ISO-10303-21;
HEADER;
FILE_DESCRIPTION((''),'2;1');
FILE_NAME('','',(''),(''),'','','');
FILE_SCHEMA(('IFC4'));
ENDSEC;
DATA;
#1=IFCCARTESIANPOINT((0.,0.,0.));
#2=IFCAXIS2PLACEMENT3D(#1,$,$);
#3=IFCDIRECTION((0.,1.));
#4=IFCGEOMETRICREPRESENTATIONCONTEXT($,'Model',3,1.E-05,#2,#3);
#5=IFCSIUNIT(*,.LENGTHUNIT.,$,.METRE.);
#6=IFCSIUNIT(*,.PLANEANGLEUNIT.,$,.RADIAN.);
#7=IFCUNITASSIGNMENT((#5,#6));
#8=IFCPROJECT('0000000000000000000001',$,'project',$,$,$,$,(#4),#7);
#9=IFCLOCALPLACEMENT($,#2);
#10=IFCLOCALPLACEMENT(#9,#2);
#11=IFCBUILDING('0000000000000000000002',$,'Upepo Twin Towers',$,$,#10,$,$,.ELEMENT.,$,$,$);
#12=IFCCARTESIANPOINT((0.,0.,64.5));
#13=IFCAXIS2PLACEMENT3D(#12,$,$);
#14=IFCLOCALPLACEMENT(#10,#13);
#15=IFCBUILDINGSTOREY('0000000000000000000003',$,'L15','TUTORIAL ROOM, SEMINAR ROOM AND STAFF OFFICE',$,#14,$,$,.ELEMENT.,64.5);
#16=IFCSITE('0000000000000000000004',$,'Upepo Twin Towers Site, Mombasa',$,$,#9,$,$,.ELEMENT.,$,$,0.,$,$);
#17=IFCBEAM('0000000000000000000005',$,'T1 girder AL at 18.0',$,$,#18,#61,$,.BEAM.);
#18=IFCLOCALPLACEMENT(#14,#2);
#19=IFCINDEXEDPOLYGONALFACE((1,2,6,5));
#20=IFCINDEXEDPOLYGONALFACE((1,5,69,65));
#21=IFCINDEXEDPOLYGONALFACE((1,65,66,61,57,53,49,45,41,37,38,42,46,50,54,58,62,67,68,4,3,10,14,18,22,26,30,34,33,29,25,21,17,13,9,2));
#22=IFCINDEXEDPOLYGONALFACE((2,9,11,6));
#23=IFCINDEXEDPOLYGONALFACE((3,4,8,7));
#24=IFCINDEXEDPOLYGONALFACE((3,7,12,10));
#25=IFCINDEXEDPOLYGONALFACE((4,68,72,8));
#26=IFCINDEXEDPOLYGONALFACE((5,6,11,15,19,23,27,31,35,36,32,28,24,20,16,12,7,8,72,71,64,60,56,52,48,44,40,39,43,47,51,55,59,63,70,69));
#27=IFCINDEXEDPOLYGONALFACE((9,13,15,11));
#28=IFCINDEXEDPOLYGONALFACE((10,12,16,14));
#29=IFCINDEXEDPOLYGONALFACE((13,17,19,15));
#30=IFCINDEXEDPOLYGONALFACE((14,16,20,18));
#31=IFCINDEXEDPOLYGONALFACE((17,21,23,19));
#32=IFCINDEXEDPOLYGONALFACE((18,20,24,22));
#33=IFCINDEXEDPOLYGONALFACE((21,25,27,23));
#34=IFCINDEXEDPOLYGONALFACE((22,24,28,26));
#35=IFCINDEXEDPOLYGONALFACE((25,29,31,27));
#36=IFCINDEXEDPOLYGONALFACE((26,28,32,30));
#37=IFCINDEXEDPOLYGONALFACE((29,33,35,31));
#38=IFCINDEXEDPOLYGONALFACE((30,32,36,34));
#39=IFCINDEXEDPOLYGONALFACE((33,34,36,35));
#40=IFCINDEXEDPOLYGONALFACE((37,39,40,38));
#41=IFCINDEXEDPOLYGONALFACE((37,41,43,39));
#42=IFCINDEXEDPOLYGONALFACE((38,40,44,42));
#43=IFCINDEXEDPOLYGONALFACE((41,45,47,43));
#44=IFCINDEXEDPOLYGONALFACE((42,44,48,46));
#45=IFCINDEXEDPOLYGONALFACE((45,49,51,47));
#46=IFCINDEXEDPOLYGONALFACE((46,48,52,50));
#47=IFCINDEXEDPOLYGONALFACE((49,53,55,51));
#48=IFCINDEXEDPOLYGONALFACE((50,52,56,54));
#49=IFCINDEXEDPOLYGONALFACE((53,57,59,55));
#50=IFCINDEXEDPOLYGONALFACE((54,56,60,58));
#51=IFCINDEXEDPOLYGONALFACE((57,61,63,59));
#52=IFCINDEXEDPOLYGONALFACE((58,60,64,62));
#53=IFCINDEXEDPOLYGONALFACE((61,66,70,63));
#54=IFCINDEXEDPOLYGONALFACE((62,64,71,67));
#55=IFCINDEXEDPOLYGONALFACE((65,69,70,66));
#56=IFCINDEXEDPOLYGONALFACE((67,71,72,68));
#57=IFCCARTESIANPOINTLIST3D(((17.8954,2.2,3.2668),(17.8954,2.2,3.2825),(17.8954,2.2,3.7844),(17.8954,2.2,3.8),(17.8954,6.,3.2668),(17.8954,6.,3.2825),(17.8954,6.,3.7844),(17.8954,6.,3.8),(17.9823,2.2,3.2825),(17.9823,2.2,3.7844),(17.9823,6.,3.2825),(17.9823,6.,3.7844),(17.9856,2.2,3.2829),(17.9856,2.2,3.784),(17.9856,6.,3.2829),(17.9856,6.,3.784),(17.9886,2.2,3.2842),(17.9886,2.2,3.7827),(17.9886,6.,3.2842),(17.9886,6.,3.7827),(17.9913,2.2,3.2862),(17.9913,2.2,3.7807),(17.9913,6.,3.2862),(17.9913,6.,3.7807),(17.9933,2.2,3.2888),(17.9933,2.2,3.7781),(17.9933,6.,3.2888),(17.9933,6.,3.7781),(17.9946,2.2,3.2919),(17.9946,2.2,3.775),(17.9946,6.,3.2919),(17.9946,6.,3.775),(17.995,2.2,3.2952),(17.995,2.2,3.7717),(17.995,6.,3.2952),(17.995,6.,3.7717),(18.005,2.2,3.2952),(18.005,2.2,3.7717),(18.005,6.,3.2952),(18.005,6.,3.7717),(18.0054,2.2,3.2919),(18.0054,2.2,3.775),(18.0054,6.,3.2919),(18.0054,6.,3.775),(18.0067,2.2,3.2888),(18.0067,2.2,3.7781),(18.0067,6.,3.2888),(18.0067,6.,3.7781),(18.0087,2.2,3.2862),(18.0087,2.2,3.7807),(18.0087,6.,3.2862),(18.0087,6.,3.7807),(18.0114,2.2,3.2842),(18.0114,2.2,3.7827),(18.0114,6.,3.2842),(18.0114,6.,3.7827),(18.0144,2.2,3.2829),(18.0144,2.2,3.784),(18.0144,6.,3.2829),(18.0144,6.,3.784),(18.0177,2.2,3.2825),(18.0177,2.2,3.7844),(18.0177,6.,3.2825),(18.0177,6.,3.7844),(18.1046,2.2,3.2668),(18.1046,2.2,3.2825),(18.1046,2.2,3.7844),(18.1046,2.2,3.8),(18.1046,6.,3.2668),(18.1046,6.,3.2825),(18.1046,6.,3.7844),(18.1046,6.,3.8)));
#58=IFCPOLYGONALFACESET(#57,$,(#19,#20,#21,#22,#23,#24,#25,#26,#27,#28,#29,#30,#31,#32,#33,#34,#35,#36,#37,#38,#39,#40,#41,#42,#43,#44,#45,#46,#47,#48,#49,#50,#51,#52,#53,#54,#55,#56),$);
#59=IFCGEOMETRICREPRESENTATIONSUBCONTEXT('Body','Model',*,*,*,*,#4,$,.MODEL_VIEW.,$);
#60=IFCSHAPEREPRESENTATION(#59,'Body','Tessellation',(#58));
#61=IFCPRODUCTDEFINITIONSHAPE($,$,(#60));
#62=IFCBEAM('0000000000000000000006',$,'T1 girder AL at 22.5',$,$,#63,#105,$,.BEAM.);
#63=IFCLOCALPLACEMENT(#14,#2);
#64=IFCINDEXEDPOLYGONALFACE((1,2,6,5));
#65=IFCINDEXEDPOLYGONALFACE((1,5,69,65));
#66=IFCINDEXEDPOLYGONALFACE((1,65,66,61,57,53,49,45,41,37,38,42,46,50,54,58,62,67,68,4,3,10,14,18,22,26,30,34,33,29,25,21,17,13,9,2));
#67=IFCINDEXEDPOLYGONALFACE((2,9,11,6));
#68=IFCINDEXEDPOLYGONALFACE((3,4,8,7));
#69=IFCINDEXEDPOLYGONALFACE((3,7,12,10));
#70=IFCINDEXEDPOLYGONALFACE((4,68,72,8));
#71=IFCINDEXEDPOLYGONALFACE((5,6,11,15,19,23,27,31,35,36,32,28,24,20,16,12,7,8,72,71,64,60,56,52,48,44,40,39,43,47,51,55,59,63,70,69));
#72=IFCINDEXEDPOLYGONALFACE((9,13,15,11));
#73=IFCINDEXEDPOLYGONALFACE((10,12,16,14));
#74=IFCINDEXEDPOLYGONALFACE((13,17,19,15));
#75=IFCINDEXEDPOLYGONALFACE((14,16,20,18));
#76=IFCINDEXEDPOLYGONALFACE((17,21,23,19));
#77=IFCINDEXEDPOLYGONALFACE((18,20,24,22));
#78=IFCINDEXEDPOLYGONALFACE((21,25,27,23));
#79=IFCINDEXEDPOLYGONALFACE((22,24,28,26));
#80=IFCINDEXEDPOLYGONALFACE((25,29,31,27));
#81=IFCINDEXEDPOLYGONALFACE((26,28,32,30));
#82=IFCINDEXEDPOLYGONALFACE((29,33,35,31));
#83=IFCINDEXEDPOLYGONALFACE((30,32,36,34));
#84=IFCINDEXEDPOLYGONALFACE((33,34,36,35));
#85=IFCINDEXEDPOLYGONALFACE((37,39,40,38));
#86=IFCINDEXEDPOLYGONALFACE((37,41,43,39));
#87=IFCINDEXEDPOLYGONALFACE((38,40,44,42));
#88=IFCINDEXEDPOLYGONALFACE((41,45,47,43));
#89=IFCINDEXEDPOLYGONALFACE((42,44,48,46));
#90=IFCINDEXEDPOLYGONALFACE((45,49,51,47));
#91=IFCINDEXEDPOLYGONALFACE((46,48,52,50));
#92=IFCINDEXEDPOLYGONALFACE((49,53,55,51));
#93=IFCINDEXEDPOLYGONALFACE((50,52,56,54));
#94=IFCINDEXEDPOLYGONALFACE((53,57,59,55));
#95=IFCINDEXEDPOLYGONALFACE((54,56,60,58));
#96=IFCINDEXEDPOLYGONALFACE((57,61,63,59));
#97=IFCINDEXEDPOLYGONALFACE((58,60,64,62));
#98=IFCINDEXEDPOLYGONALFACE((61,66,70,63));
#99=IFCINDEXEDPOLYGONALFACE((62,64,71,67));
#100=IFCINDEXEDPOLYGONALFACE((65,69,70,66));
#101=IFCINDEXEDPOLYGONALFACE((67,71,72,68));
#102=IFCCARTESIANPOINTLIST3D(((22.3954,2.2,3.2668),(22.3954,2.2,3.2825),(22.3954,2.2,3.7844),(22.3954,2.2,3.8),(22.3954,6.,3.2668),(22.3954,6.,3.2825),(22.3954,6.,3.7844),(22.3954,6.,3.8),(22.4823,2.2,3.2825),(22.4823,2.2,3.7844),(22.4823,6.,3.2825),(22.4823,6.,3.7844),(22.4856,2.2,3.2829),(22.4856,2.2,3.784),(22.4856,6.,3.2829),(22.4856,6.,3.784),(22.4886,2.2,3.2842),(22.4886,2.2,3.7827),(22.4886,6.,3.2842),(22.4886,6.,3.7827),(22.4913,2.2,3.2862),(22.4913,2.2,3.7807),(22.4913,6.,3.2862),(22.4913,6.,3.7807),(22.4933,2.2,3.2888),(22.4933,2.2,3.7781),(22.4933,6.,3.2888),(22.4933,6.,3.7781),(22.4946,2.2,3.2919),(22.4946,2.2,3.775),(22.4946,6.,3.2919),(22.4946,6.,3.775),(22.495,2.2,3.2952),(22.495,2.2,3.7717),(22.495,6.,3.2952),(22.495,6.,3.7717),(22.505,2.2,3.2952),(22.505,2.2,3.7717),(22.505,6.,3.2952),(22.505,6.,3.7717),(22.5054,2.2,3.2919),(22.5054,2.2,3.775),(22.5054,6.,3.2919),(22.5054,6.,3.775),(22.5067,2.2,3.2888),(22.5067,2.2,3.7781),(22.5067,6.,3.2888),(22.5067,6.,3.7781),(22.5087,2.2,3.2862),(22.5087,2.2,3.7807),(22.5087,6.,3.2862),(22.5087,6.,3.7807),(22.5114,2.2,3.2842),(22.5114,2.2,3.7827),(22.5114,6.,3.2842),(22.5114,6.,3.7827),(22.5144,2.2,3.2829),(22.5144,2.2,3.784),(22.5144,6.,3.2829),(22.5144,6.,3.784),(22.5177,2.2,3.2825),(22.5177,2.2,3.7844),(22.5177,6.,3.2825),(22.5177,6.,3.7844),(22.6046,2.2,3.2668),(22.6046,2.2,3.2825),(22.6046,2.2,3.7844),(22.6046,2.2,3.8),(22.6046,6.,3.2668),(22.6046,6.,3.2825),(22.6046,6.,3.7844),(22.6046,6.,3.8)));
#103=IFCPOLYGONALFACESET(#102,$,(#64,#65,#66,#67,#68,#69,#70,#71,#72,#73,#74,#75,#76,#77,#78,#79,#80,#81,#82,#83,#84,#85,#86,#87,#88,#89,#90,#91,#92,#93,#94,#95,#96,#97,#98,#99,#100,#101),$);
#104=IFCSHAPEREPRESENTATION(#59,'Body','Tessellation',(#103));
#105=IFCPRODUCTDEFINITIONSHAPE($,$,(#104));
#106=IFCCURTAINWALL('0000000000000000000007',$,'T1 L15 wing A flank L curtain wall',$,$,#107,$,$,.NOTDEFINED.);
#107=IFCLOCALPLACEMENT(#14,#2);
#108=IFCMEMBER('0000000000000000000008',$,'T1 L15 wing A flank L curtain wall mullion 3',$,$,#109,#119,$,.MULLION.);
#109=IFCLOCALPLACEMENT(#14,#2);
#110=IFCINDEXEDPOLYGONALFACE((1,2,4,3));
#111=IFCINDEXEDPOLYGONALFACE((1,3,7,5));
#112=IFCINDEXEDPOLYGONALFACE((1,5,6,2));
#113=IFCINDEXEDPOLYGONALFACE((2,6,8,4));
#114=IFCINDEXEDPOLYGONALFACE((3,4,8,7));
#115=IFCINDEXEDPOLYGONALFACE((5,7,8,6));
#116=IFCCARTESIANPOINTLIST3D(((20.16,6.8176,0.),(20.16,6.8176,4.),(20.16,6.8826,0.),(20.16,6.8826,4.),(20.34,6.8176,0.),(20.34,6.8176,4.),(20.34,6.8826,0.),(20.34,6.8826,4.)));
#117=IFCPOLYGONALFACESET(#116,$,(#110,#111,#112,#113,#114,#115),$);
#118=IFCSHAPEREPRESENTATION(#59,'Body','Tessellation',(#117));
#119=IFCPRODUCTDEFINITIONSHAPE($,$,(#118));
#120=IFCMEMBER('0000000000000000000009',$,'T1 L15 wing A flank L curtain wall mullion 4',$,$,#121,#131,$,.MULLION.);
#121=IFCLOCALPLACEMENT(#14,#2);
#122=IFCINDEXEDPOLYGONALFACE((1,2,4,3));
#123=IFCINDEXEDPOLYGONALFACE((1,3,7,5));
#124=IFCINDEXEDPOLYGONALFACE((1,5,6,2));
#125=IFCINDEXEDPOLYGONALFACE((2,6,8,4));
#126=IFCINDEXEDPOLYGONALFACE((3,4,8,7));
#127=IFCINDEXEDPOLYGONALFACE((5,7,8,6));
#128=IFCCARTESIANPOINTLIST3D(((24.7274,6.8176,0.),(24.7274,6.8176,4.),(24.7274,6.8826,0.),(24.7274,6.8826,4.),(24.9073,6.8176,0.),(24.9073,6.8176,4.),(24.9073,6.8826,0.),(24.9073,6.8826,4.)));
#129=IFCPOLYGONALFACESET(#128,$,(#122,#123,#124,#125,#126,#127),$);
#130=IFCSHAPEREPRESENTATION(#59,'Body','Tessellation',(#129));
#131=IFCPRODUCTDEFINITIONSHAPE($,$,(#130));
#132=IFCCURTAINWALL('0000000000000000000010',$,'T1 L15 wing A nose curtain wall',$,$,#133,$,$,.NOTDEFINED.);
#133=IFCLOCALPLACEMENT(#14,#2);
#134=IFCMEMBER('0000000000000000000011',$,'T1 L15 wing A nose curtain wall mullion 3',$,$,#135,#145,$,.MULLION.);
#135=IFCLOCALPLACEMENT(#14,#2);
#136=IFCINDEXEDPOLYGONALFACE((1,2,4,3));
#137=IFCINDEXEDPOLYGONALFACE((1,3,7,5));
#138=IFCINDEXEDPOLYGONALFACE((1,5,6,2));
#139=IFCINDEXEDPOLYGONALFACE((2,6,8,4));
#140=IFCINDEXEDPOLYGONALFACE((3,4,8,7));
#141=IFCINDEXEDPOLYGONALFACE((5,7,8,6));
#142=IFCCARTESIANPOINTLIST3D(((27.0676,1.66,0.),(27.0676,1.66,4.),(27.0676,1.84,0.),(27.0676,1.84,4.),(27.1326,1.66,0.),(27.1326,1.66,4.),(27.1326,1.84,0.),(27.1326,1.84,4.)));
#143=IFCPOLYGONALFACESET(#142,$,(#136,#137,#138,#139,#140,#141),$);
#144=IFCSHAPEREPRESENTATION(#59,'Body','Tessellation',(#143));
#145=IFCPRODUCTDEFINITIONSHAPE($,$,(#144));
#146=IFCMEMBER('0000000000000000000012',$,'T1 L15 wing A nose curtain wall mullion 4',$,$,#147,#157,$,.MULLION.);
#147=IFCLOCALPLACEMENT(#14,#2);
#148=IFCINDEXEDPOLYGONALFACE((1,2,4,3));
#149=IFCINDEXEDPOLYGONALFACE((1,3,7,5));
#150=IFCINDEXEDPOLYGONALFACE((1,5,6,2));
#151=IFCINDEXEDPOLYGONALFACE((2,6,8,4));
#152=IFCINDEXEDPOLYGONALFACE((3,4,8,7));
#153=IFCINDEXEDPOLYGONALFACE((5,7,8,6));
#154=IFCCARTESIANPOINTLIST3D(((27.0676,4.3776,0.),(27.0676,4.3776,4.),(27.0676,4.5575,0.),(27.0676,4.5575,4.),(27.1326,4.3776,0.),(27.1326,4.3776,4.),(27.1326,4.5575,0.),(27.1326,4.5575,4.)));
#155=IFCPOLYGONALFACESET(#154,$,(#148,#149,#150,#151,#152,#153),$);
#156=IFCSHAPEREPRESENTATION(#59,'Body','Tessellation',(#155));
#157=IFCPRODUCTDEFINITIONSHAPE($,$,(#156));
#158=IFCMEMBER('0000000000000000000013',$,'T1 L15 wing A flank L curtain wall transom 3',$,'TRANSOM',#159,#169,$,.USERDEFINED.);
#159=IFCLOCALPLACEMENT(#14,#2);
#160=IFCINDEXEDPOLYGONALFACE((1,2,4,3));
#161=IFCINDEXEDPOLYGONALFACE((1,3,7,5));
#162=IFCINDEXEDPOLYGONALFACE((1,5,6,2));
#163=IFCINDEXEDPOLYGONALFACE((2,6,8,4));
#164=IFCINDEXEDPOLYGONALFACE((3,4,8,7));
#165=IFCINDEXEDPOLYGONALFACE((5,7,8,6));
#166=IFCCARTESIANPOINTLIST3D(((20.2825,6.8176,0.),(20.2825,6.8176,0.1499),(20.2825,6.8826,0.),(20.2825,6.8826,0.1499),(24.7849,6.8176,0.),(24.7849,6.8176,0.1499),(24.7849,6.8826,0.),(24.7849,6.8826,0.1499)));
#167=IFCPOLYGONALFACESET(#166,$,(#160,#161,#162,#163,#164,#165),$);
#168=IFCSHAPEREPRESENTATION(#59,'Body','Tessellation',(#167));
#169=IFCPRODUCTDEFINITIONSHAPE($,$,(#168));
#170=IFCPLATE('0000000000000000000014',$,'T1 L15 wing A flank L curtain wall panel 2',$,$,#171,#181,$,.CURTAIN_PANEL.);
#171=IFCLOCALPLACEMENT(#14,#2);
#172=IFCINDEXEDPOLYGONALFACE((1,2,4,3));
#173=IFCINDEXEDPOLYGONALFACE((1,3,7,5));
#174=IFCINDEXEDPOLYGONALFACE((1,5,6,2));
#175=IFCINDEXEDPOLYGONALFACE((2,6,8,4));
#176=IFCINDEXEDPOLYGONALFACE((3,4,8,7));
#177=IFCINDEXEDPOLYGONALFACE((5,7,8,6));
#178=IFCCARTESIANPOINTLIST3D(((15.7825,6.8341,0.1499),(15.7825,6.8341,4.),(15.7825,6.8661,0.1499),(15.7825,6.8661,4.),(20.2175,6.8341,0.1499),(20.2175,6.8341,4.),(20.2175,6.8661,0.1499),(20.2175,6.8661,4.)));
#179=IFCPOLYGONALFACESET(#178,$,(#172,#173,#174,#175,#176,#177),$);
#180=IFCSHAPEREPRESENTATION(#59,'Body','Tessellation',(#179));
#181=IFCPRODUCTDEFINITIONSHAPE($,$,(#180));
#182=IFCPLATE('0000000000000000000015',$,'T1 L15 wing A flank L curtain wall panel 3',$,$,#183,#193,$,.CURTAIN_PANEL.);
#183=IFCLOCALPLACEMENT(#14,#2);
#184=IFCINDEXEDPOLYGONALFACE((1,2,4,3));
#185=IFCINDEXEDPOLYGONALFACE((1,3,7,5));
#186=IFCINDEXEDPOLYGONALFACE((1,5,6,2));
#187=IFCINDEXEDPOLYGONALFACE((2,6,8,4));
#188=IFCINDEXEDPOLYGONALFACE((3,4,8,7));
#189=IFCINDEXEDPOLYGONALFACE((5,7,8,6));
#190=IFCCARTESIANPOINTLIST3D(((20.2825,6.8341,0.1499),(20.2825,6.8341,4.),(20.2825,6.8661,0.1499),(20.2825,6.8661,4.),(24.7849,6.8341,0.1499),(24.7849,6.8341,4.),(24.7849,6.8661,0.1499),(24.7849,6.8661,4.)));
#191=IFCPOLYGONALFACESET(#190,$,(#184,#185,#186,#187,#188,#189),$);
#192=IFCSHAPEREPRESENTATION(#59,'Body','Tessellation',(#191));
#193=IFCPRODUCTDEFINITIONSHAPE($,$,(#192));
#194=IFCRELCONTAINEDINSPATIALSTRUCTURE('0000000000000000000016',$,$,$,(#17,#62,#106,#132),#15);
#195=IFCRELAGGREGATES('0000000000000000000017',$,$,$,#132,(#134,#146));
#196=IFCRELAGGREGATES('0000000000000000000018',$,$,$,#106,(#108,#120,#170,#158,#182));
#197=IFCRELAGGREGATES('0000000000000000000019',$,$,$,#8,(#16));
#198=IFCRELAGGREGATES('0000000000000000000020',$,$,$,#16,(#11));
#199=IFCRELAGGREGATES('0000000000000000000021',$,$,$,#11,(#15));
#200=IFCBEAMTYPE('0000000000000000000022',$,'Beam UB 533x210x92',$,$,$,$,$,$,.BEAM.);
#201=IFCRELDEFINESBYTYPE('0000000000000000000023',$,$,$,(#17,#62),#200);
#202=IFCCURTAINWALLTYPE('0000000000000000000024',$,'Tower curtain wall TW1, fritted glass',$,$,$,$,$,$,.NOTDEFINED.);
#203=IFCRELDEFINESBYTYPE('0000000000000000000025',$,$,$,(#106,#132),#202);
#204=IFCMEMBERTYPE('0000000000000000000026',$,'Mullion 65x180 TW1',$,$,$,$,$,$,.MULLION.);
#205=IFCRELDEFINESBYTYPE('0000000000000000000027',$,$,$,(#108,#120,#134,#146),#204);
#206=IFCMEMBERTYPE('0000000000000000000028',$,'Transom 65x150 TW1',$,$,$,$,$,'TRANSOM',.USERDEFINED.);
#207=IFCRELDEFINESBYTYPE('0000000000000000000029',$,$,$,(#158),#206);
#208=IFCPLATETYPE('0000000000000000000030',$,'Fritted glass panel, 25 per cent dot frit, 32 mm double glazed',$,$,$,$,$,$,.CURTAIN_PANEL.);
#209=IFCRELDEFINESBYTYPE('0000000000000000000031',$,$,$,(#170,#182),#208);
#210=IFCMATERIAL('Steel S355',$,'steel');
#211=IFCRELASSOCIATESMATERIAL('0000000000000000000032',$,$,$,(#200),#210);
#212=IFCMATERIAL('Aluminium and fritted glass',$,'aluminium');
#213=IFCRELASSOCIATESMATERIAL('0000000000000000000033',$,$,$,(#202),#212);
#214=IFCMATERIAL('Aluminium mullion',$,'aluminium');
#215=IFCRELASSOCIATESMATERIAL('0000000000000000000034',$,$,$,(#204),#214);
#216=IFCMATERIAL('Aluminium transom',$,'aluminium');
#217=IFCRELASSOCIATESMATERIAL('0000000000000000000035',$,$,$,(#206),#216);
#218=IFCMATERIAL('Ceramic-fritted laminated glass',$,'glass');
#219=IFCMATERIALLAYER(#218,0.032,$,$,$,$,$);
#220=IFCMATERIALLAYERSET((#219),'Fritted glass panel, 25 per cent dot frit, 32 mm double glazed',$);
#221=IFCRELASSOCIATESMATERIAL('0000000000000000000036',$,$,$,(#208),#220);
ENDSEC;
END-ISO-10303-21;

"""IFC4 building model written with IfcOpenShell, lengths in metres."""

from ifc_helpers import new_model, si_unit, direction, frame, origin, origin_2d, place, context, subcontext, project, spatial, rectangle, i_section, extrude, material, layer, layer_set, material_profile, profile_set, type_object, element, aggregate, save


model = new_model("IFC4")

# Units and contexts
model_context = context("Model", 3, precision=1e-05, world=origin(), true_north=direction((0.0, 1.0)))
body_context = subcontext(model_context, "Body", "Model", "MODEL_VIEW")
ifc_project = project(units=[si_unit("LENGTHUNIT", "METRE"), si_unit("PLANEANGLEUNIT", "RADIAN")], contexts=[model_context])

# Site, building, storey
site_placement = place(None, origin())
site = spatial("IfcSite", under=ifc_project, at=site_placement, Name="Upepo Twin Towers Site, Mombasa", CompositionType="ELEMENT", RefElevation=0.0)
building_placement = place(site_placement, origin())
building = spatial("IfcBuilding", under=site, at=building_placement, Name="Upepo Twin Towers", CompositionType="ELEMENT")
storey_placement = place(building_placement, frame((0.0, 0.0, 64.5)))
storey = spatial("IfcBuildingStorey", under=building, at=storey_placement, Name="L15", Description="TUTORIAL ROOM, SEMINAR ROOM AND STAFF OFFICE", CompositionType="ELEMENT", Elevation=64.5)

# Beams
ifc_material_1 = material(Name="Steel S355", Category="steel")
ifc_material_profile_1 = material_profile(ifc_material_1, i_section(OverallWidth=0.2092, OverallDepth=0.5332, WebThickness=0.01, FlangeThickness=0.0156, FilletRadius=0.0127, at=origin_2d()), Name="UB 533x210x92")
ifc_profile_set_1 = profile_set([ifc_material_profile_1], Name="Steel S355")
beam_type_1 = type_object("IfcBeamType", Name="Beam UB 533x210x92", PredefinedType="BEAM", material=ifc_profile_set_1)
for number, where, z_axis, x_axis, name in (
    (1, (18.0, 6.0, 3.5334), (0.0, -1.0, 0.0), (1.0, 0.0, 0.0), "T1 girder AL at 18.0"),
    (2, (22.5, 6.0, 3.5334), (0.0, -1.0, 0.0), (1.0, 0.0, 0.0), "T1 girder AL at 22.5"),
):
    element("IfcBeam", number, at=place(storey_placement, frame(where, z_axis=z_axis, x_axis=x_axis)), inside=storey, type_object=beam_type_1, Name=name, PredefinedType="BEAM", context=body_context, shape_type="SweptSolid", body=[
        extrude(i_section(OverallWidth=0.2092, OverallDepth=0.5332, WebThickness=0.01, FlangeThickness=0.0156, FilletRadius=0.0127, at=origin_2d()), origin(), (0.0, 0.0, 1.0), 3.8),
    ])

# Curtain walls, members
ifc_material_2 = material(Name="Aluminium and fritted glass", Category="aluminium")
curtain_wall_type = type_object("IfcCurtainWallType", Name="Tower curtain wall TW1, fritted glass", PredefinedType="NOTDEFINED", material=ifc_material_2)
curtain_wall_1_placement = place(storey_placement, origin())
curtain_wall_1 = element("IfcCurtainWall", 3, at=curtain_wall_1_placement, inside=storey, type_object=curtain_wall_type, Name="T1 L15 wing A flank L curtain wall", PredefinedType="NOTDEFINED")
ifc_material_3 = material(Name="Aluminium mullion", Category="aluminium")
ifc_material_profile_2 = material_profile(ifc_material_3, rectangle(XDim=0.0649, YDim=0.1799, at=origin_2d()), Name="MULLION 65x180")
ifc_profile_set_2 = profile_set([ifc_material_profile_2], Name="Aluminium mullion")
member_type_1 = type_object("IfcMemberType", Name="Mullion 65x180 TW1", PredefinedType="MULLION", material=ifc_profile_set_2)
member_1_placement = place(storey_placement, frame((20.25, 6.8501, 0.0), z_axis=(0.0, 0.0, 1.0), x_axis=(0.0, 1.0, 0.0)))
member_1 = element("IfcMember", 4, at=member_1_placement, type_object=member_type_1, Name="T1 L15 wing A flank L curtain wall mullion 3", PredefinedType="MULLION", context=body_context, shape_type="SweptSolid", body=[
    extrude(rectangle(XDim=0.0649, YDim=0.1799, at=origin_2d()), origin(), (0.0, 0.0, 1.0), 4.0),
])
member_2_placement = place(storey_placement, frame((24.8174, 6.8501, 0.0), z_axis=(0.0, 0.0, 1.0), x_axis=(0.0, 1.0, 0.0)))
member_2 = element("IfcMember", 5, at=member_2_placement, type_object=member_type_1, Name="T1 L15 wing A flank L curtain wall mullion 4", PredefinedType="MULLION", context=body_context, shape_type="SweptSolid", body=[
    extrude(rectangle(XDim=0.0649, YDim=0.1799, at=origin_2d()), origin(), (0.0, 0.0, 1.0), 4.0),
])
curtain_wall_2_placement = place(storey_placement, origin())
curtain_wall_2 = element("IfcCurtainWall", 6, at=curtain_wall_2_placement, inside=storey, type_object=curtain_wall_type, Name="T1 L15 wing A nose curtain wall", PredefinedType="NOTDEFINED")
member_3_placement = place(storey_placement, frame((27.1001, 1.75, 0.0), z_axis=(0.0, 0.0, 1.0), x_axis=(-1.0, 0.0, 0.0)))
member_3 = element("IfcMember", 7, at=member_3_placement, type_object=member_type_1, Name="T1 L15 wing A nose curtain wall mullion 3", PredefinedType="MULLION", context=body_context, shape_type="SweptSolid", body=[
    extrude(rectangle(XDim=0.0649, YDim=0.1799, at=origin_2d()), origin(), (0.0, 0.0, 1.0), 4.0),
])
member_4_placement = place(storey_placement, frame((27.1001, 4.4675, 0.0), z_axis=(0.0, 0.0, 1.0), x_axis=(-1.0, 0.0, 0.0)))
member_4 = element("IfcMember", 8, at=member_4_placement, type_object=member_type_1, Name="T1 L15 wing A nose curtain wall mullion 4", PredefinedType="MULLION", context=body_context, shape_type="SweptSolid", body=[
    extrude(rectangle(XDim=0.0649, YDim=0.1799, at=origin_2d()), origin(), (0.0, 0.0, 1.0), 4.0),
])
aggregate(curtain_wall_2, [member_3, member_4])

# Member
ifc_material_4 = material(Name="Aluminium transom", Category="aluminium")
ifc_material_profile_3 = material_profile(ifc_material_4, rectangle(XDim=0.0649, YDim=0.1499, at=origin_2d()), Name="TRANSOM 65x150")
ifc_profile_set_3 = profile_set([ifc_material_profile_3], Name="Aluminium transom")
member_type_2 = type_object("IfcMemberType", Name="Transom 65x150 TW1", ElementType="TRANSOM", PredefinedType="USERDEFINED", material=ifc_profile_set_3)
member_5_placement = place(storey_placement, frame((20.2825, 6.8501, 0.075), z_axis=(1.0, 0.0, 0.0), x_axis=(0.0, 1.0, 0.0)))
member_5 = element("IfcMember", 9, at=member_5_placement, type_object=member_type_2, Name="T1 L15 wing A flank L curtain wall transom 3", ObjectType="TRANSOM", PredefinedType="USERDEFINED", context=body_context, shape_type="SweptSolid", body=[
    extrude(rectangle(XDim=0.0649, YDim=0.1499, at=origin_2d()), origin(), (0.0, 0.0, 1.0), 4.5024),
])

# Plates
ifc_material_5 = material(Name="Ceramic-fritted laminated glass", Category="glass")
ifc_layer_1 = layer(ifc_material_5, 0.032)
ifc_layer_set_1 = layer_set([ifc_layer_1], Name="Fritted glass panel, 25 per cent dot frit, 32 mm double glazed")
plate_type = type_object("IfcPlateType", Name="Fritted glass panel, 25 per cent dot frit, 32 mm double glazed", PredefinedType="CURTAIN_PANEL", material=ifc_layer_set_1)
plate_1_placement = place(storey_placement, frame((18.0, 6.8501, 0.1499), z_axis=(0.0, 0.0, 1.0), x_axis=(1.0, 0.0, 0.0)))
plate_1 = element("IfcPlate", 10, at=plate_1_placement, type_object=plate_type, Name="T1 L15 wing A flank L curtain wall panel 2", PredefinedType="CURTAIN_PANEL", context=body_context, shape_type="SweptSolid", body=[
    extrude(rectangle(XDim=4.4351, YDim=0.032, at=origin_2d()), origin(), (0.0, 0.0, 1.0), 3.8501),
])
plate_2_placement = place(storey_placement, frame((22.5337, 6.8501, 0.1499), z_axis=(0.0, 0.0, 1.0), x_axis=(1.0, 0.0, 0.0)))
plate_2 = element("IfcPlate", 11, at=plate_2_placement, type_object=plate_type, Name="T1 L15 wing A flank L curtain wall panel 3", PredefinedType="CURTAIN_PANEL", context=body_context, shape_type="SweptSolid", body=[
    extrude(rectangle(XDim=4.5024, YDim=0.032, at=origin_2d()), origin(), (0.0, 0.0, 1.0), 3.8501),
])
aggregate(curtain_wall_1, [member_1, member_2, plate_1, member_5, plate_2])

save(model, "model.ifc")
